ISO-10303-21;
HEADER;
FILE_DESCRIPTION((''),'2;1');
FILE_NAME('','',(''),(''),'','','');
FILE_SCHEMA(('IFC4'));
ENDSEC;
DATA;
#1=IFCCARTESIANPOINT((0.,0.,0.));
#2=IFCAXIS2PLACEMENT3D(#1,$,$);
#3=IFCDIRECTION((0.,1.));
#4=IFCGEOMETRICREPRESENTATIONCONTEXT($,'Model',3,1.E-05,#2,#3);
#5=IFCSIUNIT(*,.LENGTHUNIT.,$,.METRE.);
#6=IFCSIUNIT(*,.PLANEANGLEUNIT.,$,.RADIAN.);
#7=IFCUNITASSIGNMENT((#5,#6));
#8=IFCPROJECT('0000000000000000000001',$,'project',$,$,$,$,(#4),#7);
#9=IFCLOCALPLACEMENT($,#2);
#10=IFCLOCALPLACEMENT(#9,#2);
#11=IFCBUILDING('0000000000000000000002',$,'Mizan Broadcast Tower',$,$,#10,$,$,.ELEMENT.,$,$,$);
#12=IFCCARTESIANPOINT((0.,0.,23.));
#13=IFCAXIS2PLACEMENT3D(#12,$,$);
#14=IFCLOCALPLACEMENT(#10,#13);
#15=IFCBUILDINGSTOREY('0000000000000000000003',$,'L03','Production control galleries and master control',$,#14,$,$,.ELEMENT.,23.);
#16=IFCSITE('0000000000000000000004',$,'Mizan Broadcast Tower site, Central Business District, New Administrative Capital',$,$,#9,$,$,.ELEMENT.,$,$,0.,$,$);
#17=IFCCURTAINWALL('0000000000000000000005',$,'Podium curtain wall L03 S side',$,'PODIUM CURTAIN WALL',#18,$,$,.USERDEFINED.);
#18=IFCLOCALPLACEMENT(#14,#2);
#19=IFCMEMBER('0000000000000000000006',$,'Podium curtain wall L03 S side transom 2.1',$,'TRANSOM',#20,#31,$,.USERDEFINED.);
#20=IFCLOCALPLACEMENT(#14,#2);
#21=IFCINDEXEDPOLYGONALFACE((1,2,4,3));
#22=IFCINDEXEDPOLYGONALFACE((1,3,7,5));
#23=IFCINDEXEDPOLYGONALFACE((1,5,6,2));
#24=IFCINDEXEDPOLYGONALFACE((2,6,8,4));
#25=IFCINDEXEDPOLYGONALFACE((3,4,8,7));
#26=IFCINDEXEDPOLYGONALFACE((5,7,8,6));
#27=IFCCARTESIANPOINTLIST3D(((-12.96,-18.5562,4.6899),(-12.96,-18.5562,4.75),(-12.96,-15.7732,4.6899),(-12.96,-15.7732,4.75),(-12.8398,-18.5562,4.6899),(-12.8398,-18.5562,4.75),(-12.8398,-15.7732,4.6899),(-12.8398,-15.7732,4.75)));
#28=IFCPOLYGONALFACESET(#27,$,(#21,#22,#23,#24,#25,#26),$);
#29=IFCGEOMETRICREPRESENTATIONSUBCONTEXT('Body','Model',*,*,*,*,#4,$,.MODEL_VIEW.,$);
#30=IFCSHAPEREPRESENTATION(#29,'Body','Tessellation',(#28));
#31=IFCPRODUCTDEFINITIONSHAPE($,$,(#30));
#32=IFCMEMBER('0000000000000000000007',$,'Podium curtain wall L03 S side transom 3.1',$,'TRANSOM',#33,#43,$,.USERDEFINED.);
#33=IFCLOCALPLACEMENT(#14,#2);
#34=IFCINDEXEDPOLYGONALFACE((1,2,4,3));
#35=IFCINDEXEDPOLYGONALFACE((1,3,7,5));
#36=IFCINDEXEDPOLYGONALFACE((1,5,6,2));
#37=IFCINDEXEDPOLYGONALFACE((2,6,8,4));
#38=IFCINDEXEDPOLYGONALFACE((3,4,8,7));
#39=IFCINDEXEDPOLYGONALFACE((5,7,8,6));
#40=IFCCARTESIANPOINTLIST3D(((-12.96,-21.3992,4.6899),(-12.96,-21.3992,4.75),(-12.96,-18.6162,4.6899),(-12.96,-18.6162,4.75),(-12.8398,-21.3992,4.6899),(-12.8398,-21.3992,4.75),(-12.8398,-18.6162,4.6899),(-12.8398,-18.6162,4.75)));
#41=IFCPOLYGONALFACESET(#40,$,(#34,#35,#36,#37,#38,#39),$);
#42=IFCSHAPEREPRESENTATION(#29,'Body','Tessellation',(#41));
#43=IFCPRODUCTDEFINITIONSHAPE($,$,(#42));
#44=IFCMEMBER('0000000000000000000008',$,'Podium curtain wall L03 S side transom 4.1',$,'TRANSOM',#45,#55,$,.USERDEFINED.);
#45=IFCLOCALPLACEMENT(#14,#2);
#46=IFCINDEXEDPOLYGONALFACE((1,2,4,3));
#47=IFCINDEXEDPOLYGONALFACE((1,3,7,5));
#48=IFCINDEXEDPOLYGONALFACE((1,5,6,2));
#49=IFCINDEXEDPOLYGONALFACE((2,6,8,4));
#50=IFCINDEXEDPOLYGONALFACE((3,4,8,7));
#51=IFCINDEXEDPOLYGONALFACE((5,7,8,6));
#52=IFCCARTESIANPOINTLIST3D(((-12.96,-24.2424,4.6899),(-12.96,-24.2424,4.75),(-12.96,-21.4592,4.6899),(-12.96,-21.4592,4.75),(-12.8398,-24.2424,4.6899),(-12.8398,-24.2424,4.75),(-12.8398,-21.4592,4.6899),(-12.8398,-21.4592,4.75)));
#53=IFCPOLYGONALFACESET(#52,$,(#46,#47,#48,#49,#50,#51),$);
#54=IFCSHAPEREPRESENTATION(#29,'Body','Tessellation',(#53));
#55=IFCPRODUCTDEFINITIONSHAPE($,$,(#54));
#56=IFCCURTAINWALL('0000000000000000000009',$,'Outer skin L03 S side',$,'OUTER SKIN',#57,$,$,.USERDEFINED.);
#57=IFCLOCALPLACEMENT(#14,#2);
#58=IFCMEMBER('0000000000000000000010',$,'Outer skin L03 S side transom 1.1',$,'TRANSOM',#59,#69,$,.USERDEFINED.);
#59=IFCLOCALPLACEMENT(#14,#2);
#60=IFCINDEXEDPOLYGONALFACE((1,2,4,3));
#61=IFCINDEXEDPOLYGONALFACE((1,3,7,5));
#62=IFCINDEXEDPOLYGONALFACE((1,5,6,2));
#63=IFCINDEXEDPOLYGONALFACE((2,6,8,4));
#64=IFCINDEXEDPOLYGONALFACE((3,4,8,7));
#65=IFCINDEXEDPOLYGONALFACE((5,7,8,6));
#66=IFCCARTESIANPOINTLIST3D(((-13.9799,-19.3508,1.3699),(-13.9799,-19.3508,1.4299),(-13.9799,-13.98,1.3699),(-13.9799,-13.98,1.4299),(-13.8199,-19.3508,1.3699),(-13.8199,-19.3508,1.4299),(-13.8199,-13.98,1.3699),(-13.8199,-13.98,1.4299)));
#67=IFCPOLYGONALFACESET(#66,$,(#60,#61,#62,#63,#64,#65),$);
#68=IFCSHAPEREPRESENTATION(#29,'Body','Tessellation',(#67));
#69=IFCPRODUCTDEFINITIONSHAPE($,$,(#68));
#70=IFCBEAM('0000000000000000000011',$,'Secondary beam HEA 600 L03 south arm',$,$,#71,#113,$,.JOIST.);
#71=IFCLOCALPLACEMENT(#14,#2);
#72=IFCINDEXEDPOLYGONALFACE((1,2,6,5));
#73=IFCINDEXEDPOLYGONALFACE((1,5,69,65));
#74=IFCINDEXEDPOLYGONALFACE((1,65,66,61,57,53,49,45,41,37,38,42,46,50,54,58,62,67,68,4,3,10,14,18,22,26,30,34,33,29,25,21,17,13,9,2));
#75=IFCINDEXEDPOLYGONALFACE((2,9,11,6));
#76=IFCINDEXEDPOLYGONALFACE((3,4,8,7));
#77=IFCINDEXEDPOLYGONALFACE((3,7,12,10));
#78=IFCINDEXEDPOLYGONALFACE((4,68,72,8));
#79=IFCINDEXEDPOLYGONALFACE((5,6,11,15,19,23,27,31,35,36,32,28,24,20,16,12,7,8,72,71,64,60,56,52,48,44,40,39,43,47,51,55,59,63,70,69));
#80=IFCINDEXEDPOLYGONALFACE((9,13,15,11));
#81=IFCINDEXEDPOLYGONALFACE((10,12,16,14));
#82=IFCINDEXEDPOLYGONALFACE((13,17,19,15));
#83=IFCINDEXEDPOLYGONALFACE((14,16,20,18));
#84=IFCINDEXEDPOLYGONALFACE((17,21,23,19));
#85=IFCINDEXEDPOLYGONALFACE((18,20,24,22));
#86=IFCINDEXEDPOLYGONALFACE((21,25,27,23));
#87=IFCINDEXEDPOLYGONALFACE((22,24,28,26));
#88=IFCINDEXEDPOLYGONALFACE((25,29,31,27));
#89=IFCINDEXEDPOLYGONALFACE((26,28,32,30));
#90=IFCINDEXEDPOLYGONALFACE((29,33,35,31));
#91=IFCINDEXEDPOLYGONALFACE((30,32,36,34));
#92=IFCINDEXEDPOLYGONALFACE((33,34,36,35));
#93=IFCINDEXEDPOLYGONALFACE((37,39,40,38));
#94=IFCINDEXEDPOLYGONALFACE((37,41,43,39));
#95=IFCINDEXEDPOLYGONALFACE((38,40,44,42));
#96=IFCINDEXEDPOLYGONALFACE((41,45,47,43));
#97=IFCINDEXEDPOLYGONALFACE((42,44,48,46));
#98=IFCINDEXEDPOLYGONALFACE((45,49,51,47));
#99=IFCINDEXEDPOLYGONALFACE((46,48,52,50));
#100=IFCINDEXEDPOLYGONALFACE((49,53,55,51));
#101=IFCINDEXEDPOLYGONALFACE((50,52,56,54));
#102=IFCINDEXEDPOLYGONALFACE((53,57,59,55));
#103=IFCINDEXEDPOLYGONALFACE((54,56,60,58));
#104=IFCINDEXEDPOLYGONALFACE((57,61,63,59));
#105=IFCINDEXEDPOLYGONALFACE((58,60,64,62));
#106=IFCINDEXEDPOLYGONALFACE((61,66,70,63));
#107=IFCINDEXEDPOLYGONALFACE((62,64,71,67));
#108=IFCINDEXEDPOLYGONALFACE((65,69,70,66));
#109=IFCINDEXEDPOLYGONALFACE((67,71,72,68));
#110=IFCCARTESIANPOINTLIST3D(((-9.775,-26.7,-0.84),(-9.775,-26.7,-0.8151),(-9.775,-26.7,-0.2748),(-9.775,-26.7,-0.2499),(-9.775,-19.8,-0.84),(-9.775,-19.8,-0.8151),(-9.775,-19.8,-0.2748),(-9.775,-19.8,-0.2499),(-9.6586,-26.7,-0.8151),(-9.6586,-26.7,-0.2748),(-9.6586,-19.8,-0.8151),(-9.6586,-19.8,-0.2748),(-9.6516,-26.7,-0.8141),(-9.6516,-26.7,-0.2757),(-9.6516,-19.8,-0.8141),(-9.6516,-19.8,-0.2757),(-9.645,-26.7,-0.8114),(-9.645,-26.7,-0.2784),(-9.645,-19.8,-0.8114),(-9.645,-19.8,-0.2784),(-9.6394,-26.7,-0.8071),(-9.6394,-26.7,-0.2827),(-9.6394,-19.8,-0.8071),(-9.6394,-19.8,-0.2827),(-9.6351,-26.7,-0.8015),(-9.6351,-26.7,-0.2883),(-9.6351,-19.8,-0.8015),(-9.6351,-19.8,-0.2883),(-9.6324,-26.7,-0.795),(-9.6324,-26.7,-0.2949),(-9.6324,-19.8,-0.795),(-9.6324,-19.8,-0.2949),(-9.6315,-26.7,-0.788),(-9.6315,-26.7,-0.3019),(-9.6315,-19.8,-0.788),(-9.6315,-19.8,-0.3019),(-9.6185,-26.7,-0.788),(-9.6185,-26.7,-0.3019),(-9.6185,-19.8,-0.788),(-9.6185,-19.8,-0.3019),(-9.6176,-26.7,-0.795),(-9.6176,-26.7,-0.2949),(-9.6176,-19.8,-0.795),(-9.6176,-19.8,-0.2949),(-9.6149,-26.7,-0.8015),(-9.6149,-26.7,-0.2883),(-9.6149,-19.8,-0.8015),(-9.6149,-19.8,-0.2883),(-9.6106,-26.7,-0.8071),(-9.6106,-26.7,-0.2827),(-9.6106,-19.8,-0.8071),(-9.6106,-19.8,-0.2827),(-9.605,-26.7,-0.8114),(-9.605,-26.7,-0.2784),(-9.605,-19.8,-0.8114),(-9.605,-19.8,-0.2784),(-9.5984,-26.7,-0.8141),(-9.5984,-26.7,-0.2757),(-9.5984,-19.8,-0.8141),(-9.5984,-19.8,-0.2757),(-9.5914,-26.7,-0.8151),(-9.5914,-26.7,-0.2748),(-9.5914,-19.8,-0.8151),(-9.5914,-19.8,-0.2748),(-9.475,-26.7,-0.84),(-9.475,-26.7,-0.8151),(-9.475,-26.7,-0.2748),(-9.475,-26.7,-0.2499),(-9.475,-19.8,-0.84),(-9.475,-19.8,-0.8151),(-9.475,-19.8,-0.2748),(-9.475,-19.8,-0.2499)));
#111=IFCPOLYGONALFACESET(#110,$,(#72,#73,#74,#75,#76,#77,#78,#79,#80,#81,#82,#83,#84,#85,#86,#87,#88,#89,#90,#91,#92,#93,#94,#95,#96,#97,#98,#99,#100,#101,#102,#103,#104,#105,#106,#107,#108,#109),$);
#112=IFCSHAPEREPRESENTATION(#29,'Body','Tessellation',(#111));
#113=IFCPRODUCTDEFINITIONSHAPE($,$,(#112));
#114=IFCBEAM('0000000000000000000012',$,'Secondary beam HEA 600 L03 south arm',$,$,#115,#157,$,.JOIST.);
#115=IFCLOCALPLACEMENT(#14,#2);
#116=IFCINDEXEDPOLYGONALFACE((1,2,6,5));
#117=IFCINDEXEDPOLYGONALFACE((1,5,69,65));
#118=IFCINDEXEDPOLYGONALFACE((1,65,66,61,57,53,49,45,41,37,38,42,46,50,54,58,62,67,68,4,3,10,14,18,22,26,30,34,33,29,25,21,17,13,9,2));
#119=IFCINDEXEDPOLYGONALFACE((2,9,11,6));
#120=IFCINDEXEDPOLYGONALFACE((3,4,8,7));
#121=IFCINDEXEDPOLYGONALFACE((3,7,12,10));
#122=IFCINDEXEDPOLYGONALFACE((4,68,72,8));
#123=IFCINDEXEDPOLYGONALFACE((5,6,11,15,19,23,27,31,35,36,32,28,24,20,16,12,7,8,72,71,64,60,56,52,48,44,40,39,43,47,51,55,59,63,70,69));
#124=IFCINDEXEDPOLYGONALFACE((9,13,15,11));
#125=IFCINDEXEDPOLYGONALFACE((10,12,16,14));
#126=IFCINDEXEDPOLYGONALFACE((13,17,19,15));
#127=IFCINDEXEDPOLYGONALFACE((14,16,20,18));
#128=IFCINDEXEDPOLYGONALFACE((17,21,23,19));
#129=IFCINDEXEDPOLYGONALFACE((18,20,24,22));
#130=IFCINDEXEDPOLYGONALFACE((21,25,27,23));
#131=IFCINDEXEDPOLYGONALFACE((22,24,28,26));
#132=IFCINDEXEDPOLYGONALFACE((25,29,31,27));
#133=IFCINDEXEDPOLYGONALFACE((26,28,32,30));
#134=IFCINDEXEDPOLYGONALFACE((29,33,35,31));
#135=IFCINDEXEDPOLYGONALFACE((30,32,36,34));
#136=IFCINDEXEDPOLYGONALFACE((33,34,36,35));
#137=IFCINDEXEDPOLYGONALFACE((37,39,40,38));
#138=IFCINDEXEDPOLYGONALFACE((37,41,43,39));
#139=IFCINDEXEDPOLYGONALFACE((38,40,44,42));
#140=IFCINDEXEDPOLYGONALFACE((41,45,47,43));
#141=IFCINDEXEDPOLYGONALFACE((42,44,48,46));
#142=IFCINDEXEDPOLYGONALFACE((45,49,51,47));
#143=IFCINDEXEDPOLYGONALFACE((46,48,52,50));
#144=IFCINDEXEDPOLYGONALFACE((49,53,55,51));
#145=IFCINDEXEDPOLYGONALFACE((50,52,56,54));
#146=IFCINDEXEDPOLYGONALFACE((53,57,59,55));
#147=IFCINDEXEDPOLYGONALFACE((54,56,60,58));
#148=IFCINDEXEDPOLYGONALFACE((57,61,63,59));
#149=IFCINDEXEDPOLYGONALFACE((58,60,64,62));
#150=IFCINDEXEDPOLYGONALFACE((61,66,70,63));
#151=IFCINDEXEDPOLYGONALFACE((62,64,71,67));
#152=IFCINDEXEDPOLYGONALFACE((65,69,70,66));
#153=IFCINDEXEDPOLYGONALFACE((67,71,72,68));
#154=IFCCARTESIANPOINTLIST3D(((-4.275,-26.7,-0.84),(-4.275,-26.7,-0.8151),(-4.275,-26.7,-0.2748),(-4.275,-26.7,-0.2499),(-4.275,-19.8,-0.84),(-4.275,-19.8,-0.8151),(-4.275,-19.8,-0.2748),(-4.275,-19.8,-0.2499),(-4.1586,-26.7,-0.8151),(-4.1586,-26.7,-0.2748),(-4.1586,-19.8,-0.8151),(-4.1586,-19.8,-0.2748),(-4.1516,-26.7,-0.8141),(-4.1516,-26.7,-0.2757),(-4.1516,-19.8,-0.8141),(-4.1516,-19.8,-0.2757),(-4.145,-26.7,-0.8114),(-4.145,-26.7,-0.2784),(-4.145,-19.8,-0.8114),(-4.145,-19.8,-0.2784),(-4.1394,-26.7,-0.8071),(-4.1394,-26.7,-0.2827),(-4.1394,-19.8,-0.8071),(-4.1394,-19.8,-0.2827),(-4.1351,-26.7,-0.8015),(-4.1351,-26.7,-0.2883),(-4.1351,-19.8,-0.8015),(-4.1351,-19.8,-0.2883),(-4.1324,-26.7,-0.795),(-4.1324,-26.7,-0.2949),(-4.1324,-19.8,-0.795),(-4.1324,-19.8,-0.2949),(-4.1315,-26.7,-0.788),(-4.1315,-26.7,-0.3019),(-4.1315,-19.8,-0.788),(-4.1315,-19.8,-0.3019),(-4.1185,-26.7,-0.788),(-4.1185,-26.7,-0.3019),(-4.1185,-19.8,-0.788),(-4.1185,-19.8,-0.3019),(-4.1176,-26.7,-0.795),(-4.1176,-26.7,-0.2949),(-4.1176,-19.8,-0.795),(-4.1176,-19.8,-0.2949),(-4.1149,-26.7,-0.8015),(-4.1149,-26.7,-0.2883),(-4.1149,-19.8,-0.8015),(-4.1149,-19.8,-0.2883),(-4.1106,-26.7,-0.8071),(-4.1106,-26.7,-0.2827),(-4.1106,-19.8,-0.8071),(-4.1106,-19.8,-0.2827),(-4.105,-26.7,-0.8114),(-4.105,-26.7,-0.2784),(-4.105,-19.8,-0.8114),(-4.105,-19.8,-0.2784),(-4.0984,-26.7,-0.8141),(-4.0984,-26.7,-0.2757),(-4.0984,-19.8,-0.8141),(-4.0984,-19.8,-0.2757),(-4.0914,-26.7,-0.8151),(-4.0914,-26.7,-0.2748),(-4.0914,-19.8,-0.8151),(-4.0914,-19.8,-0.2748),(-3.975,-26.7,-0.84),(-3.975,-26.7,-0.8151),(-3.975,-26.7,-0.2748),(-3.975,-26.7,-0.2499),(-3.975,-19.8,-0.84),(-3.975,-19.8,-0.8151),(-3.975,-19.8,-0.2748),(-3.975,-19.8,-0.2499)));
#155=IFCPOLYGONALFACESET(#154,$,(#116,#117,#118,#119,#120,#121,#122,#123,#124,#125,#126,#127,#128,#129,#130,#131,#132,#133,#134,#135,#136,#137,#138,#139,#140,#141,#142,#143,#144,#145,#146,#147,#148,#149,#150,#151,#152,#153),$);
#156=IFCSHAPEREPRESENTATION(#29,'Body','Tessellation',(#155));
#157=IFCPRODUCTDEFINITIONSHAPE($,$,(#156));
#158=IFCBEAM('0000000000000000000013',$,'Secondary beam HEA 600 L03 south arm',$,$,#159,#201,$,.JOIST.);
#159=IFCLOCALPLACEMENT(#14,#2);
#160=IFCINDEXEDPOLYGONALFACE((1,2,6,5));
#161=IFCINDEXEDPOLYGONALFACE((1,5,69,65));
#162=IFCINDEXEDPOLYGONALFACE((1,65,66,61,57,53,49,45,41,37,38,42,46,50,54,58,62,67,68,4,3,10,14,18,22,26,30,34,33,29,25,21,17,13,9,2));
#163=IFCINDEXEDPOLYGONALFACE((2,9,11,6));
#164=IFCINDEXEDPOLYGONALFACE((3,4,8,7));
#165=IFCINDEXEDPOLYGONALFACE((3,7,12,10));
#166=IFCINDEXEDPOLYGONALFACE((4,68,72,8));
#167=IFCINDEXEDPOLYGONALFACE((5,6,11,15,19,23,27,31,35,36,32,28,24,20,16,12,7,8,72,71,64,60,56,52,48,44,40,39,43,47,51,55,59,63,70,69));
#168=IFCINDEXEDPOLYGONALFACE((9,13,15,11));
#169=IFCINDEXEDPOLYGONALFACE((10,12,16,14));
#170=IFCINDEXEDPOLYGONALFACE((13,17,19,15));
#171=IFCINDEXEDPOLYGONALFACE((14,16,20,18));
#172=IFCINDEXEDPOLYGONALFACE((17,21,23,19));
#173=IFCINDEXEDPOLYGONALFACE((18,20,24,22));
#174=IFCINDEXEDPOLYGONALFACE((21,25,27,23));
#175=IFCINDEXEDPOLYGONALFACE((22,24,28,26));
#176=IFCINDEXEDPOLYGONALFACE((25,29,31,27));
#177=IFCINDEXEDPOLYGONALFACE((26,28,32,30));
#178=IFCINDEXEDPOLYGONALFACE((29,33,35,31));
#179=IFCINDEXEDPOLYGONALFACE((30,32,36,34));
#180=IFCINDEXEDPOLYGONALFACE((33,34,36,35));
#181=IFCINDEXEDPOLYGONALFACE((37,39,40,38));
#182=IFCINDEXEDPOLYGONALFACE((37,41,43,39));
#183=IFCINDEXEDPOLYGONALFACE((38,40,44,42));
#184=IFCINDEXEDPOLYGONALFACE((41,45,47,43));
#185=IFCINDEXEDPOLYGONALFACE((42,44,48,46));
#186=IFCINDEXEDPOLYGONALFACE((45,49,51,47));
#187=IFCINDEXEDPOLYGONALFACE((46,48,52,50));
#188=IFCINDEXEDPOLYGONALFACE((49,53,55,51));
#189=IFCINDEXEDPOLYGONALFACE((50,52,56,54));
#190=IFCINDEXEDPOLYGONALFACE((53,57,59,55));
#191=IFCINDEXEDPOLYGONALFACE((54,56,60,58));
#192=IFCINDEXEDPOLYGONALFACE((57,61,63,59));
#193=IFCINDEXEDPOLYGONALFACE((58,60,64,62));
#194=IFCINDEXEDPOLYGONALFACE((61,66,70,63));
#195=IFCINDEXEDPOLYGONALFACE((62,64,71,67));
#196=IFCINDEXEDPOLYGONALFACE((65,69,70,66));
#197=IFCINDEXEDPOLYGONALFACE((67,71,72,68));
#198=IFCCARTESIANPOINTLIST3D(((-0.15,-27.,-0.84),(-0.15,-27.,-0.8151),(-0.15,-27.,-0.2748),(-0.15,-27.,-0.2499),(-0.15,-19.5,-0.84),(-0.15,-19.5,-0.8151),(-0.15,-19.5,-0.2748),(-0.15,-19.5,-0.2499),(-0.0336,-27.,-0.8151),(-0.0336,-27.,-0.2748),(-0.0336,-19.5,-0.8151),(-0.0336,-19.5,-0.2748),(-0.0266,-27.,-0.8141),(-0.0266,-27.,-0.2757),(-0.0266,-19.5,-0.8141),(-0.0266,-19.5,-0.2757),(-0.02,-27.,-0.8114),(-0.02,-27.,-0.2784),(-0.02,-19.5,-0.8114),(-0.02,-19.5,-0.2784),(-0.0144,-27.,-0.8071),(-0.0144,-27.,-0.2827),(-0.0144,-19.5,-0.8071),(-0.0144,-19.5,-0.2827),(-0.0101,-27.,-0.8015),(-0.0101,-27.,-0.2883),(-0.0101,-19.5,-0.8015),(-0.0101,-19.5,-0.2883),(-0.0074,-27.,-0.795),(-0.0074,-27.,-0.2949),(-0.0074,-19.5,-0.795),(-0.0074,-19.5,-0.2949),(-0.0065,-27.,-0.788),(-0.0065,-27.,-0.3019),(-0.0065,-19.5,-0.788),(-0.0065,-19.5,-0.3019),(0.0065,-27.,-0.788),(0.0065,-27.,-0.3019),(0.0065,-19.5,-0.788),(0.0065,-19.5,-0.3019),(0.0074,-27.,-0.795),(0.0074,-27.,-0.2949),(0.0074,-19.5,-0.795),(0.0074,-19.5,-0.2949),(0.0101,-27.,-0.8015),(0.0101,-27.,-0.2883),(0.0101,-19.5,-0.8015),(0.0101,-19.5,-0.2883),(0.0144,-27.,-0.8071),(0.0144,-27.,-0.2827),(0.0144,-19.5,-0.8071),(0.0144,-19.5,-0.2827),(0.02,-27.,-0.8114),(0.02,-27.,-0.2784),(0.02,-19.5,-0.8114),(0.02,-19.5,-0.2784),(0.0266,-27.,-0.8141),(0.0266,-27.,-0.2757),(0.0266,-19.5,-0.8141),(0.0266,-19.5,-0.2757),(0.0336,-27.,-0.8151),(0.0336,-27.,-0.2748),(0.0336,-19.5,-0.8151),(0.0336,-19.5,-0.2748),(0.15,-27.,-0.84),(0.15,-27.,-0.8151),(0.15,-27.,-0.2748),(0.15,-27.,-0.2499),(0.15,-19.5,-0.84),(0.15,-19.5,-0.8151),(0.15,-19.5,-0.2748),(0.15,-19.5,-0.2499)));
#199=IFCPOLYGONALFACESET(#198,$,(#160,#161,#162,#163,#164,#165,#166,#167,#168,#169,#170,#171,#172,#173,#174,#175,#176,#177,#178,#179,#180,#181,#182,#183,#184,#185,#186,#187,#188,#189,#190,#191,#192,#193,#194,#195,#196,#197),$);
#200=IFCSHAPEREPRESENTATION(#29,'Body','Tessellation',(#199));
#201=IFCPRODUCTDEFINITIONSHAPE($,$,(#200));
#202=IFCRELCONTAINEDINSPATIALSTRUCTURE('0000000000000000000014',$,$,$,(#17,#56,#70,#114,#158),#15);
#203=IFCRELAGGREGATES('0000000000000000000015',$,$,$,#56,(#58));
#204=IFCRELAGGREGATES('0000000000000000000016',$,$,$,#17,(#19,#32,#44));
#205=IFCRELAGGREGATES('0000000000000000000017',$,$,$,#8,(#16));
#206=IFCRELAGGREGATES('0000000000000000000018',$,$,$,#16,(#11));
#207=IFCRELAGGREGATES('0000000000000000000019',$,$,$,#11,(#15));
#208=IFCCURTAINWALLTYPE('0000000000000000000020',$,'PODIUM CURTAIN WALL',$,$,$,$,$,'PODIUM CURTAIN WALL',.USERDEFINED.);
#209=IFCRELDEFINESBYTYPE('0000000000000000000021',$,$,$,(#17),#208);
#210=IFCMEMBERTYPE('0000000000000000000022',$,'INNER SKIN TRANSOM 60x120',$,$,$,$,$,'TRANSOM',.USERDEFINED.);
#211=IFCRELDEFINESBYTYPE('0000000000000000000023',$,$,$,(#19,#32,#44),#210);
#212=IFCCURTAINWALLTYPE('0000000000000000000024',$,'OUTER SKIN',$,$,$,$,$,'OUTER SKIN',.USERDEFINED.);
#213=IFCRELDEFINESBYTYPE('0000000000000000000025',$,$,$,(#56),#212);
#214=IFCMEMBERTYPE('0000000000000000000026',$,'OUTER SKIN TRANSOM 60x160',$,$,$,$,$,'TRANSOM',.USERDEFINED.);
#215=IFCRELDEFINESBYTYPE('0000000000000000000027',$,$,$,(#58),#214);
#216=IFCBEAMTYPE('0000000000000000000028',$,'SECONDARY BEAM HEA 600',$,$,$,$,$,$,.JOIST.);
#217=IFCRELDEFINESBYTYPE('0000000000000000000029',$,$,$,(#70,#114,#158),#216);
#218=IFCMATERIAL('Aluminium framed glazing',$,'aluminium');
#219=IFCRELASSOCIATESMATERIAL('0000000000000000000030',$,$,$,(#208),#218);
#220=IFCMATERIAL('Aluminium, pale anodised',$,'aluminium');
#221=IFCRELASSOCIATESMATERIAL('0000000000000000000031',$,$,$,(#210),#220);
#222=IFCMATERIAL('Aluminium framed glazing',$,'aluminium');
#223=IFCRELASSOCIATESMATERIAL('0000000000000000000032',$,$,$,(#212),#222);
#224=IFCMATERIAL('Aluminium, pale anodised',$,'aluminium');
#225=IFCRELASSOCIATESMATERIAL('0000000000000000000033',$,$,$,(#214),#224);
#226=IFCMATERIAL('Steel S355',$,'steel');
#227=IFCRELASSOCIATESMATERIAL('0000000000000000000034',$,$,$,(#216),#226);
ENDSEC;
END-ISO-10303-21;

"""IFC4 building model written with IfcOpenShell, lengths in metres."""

from ifc_helpers import new_model, si_unit, direction, frame, origin, origin_2d, place, context, subcontext, project, spatial, rectangle, i_section, extrude, material, material_profile, profile_set, type_object, element, aggregate, save


model = new_model("IFC4")

# Units and contexts
model_context = context("Model", 3, precision=1e-05, world=origin(), true_north=direction((0.0, 1.0)))
body_context = subcontext(model_context, "Body", "Model", "MODEL_VIEW")
ifc_project = project(units=[si_unit("LENGTHUNIT", "METRE"), si_unit("PLANEANGLEUNIT", "RADIAN")], contexts=[model_context])

# Site, building, storey
site_placement = place(None, origin())
site = spatial("IfcSite", under=ifc_project, at=site_placement, Name="Mizan Broadcast Tower site, Central Business District, New Administrative Capital", CompositionType="ELEMENT", RefElevation=0.0)
building_placement = place(site_placement, origin())
building = spatial("IfcBuilding", under=site, at=building_placement, Name="Mizan Broadcast Tower", CompositionType="ELEMENT")
storey_placement = place(building_placement, frame((0.0, 0.0, 23.0)))
storey = spatial("IfcBuildingStorey", under=building, at=storey_placement, Name="L03", Description="Production control galleries and master control", CompositionType="ELEMENT", Elevation=23.0)

# Shared definitions
ifc_material_1 = material(Name="Aluminium framed glazing", Category="aluminium")
curtain_wall_type_1 = type_object("IfcCurtainWallType", Name="PODIUM CURTAIN WALL", ElementType="PODIUM CURTAIN WALL", PredefinedType="USERDEFINED", material=ifc_material_1)

# Curtain wall, members
curtain_wall_1_placement = place(storey_placement, origin())
curtain_wall_1 = element("IfcCurtainWall", 1, at=curtain_wall_1_placement, inside=storey, type_object=curtain_wall_type_1, Name="Podium curtain wall L03 S side", ObjectType="PODIUM CURTAIN WALL", PredefinedType="USERDEFINED")
ifc_material_2 = material(Name="Aluminium, pale anodised", Category="aluminium")
ifc_material_profile_1 = material_profile(ifc_material_2, rectangle(XDim=0.1201, YDim=0.0601, at=origin_2d()), Name="TRANSOM 120x60")
ifc_profile_set_1 = profile_set([ifc_material_profile_1], Name="Aluminium, pale anodised")
member_type_1 = type_object("IfcMemberType", Name="INNER SKIN TRANSOM 60x120", ElementType="TRANSOM", PredefinedType="USERDEFINED", material=ifc_profile_set_1)
member_1_placement = place(storey_placement, frame((-12.8999, -15.7732, 4.72), z_axis=(0.0, -1.0, 0.0), x_axis=(1.0, 0.0, 0.0)))
member_1 = element("IfcMember", 2, at=member_1_placement, type_object=member_type_1, Name="Podium curtain wall L03 S side transom 2.1", ObjectType="TRANSOM", PredefinedType="USERDEFINED", context=body_context, shape_type="SweptSolid", body=[
    extrude(rectangle(XDim=0.1201, YDim=0.0601, at=origin_2d()), origin(), (0.0, 0.0, 1.0), 2.783),
])
member_2_placement = place(storey_placement, frame((-12.8999, -18.6162, 4.72), z_axis=(0.0, -1.0, 0.0), x_axis=(1.0, 0.0, 0.0)))
member_2 = element("IfcMember", 3, at=member_2_placement, type_object=member_type_1, Name="Podium curtain wall L03 S side transom 3.1", ObjectType="TRANSOM", PredefinedType="USERDEFINED", context=body_context, shape_type="SweptSolid", body=[
    extrude(rectangle(XDim=0.1201, YDim=0.0601, at=origin_2d()), origin(), (0.0, 0.0, 1.0), 2.783),
])
member_3_placement = place(storey_placement, frame((-12.8999, -21.4592, 4.72), z_axis=(0.0, -1.0, 0.0), x_axis=(1.0, 0.0, 0.0)))
member_3 = element("IfcMember", 4, at=member_3_placement, type_object=member_type_1, Name="Podium curtain wall L03 S side transom 4.1", ObjectType="TRANSOM", PredefinedType="USERDEFINED", context=body_context, shape_type="SweptSolid", body=[
    extrude(rectangle(XDim=0.1201, YDim=0.0601, at=origin_2d()), origin(), (0.0, 0.0, 1.0), 2.7832),
])

# Curtain wall, member
ifc_material_3 = material(Name="Aluminium framed glazing", Category="aluminium")
curtain_wall_type_2 = type_object("IfcCurtainWallType", Name="OUTER SKIN", ElementType="OUTER SKIN", PredefinedType="USERDEFINED", material=ifc_material_3)
curtain_wall_2_placement = place(storey_placement, origin())
curtain_wall_2 = element("IfcCurtainWall", 5, at=curtain_wall_2_placement, inside=storey, type_object=curtain_wall_type_2, Name="Outer skin L03 S side", ObjectType="OUTER SKIN", PredefinedType="USERDEFINED")
ifc_material_4 = material(Name="Aluminium, pale anodised", Category="aluminium")
ifc_material_profile_2 = material_profile(ifc_material_4, rectangle(XDim=0.1599, YDim=0.0601, at=origin_2d()), Name="TRANSOM 160x60")
ifc_profile_set_2 = profile_set([ifc_material_profile_2], Name="Aluminium, pale anodised")
member_type_2 = type_object("IfcMemberType", Name="OUTER SKIN TRANSOM 60x160", ElementType="TRANSOM", PredefinedType="USERDEFINED", material=ifc_profile_set_2)
member_4_placement = place(storey_placement, frame((-13.8999, -13.98, 1.3999), z_axis=(0.0, -1.0, 0.0), x_axis=(1.0, 0.0, 0.0)))
member_4 = element("IfcMember", 6, at=member_4_placement, type_object=member_type_2, Name="Outer skin L03 S side transom 1.1", ObjectType="TRANSOM", PredefinedType="USERDEFINED", context=body_context, shape_type="SweptSolid", body=[
    extrude(rectangle(XDim=0.1599, YDim=0.0601, at=origin_2d()), origin(), (0.0, 0.0, 1.0), 5.3708),
])
aggregate(curtain_wall_2, [member_4])

# Beams
ifc_material_5 = material(Name="Steel S355", Category="steel")
ifc_material_profile_3 = material_profile(ifc_material_5, i_section(OverallWidth=0.3, OverallDepth=0.5901, WebThickness=0.0129, FlangeThickness=0.0249, FilletRadius=0.0271, at=origin_2d()), Name="HEA 600")
ifc_profile_set_3 = profile_set([ifc_material_profile_3], Name="Steel S355")
beam_type_1 = type_object("IfcBeamType", Name="SECONDARY BEAM HEA 600", PredefinedType="JOIST", material=ifc_profile_set_3)
for number, where, z_axis, x_axis, name in (
    (7, (-9.625, -19.8, -0.5449), (0.0, -1.0, 0.0), (1.0, 0.0, 0.0), "Secondary beam HEA 600 L03 south arm"),
    (8, (-4.125, -19.8, -0.5449), (0.0, -1.0, 0.0), (1.0, 0.0, 0.0), "Secondary beam HEA 600 L03 south arm"),
):
    element("IfcBeam", number, at=place(storey_placement, frame(where, z_axis=z_axis, x_axis=x_axis)), inside=storey, type_object=beam_type_1, Name=name, PredefinedType="JOIST", context=body_context, shape_type="SweptSolid", body=[
        extrude(i_section(OverallWidth=0.3, OverallDepth=0.5901, WebThickness=0.0129, FlangeThickness=0.0249, FilletRadius=0.0271, at=origin_2d()), origin(), (0.0, 0.0, 1.0), 6.8999),
    ])
beam_1_placement = place(storey_placement, frame((0.0, -19.5, -0.5449), z_axis=(0.0, -1.0, 0.0), x_axis=(1.0, 0.0, 0.0)))
element("IfcBeam", 9, at=beam_1_placement, inside=storey, type_object=beam_type_1, Name="Secondary beam HEA 600 L03 south arm", PredefinedType="JOIST", context=body_context, shape_type="SweptSolid", body=[
    extrude(i_section(OverallWidth=0.3, OverallDepth=0.5901, WebThickness=0.0129, FlangeThickness=0.0249, FilletRadius=0.0271, at=origin_2d()), origin(), (0.0, 0.0, 1.0), 7.5),
])

aggregate(curtain_wall_1, [member_1, member_2, member_3])

save(model, "model.ifc")
